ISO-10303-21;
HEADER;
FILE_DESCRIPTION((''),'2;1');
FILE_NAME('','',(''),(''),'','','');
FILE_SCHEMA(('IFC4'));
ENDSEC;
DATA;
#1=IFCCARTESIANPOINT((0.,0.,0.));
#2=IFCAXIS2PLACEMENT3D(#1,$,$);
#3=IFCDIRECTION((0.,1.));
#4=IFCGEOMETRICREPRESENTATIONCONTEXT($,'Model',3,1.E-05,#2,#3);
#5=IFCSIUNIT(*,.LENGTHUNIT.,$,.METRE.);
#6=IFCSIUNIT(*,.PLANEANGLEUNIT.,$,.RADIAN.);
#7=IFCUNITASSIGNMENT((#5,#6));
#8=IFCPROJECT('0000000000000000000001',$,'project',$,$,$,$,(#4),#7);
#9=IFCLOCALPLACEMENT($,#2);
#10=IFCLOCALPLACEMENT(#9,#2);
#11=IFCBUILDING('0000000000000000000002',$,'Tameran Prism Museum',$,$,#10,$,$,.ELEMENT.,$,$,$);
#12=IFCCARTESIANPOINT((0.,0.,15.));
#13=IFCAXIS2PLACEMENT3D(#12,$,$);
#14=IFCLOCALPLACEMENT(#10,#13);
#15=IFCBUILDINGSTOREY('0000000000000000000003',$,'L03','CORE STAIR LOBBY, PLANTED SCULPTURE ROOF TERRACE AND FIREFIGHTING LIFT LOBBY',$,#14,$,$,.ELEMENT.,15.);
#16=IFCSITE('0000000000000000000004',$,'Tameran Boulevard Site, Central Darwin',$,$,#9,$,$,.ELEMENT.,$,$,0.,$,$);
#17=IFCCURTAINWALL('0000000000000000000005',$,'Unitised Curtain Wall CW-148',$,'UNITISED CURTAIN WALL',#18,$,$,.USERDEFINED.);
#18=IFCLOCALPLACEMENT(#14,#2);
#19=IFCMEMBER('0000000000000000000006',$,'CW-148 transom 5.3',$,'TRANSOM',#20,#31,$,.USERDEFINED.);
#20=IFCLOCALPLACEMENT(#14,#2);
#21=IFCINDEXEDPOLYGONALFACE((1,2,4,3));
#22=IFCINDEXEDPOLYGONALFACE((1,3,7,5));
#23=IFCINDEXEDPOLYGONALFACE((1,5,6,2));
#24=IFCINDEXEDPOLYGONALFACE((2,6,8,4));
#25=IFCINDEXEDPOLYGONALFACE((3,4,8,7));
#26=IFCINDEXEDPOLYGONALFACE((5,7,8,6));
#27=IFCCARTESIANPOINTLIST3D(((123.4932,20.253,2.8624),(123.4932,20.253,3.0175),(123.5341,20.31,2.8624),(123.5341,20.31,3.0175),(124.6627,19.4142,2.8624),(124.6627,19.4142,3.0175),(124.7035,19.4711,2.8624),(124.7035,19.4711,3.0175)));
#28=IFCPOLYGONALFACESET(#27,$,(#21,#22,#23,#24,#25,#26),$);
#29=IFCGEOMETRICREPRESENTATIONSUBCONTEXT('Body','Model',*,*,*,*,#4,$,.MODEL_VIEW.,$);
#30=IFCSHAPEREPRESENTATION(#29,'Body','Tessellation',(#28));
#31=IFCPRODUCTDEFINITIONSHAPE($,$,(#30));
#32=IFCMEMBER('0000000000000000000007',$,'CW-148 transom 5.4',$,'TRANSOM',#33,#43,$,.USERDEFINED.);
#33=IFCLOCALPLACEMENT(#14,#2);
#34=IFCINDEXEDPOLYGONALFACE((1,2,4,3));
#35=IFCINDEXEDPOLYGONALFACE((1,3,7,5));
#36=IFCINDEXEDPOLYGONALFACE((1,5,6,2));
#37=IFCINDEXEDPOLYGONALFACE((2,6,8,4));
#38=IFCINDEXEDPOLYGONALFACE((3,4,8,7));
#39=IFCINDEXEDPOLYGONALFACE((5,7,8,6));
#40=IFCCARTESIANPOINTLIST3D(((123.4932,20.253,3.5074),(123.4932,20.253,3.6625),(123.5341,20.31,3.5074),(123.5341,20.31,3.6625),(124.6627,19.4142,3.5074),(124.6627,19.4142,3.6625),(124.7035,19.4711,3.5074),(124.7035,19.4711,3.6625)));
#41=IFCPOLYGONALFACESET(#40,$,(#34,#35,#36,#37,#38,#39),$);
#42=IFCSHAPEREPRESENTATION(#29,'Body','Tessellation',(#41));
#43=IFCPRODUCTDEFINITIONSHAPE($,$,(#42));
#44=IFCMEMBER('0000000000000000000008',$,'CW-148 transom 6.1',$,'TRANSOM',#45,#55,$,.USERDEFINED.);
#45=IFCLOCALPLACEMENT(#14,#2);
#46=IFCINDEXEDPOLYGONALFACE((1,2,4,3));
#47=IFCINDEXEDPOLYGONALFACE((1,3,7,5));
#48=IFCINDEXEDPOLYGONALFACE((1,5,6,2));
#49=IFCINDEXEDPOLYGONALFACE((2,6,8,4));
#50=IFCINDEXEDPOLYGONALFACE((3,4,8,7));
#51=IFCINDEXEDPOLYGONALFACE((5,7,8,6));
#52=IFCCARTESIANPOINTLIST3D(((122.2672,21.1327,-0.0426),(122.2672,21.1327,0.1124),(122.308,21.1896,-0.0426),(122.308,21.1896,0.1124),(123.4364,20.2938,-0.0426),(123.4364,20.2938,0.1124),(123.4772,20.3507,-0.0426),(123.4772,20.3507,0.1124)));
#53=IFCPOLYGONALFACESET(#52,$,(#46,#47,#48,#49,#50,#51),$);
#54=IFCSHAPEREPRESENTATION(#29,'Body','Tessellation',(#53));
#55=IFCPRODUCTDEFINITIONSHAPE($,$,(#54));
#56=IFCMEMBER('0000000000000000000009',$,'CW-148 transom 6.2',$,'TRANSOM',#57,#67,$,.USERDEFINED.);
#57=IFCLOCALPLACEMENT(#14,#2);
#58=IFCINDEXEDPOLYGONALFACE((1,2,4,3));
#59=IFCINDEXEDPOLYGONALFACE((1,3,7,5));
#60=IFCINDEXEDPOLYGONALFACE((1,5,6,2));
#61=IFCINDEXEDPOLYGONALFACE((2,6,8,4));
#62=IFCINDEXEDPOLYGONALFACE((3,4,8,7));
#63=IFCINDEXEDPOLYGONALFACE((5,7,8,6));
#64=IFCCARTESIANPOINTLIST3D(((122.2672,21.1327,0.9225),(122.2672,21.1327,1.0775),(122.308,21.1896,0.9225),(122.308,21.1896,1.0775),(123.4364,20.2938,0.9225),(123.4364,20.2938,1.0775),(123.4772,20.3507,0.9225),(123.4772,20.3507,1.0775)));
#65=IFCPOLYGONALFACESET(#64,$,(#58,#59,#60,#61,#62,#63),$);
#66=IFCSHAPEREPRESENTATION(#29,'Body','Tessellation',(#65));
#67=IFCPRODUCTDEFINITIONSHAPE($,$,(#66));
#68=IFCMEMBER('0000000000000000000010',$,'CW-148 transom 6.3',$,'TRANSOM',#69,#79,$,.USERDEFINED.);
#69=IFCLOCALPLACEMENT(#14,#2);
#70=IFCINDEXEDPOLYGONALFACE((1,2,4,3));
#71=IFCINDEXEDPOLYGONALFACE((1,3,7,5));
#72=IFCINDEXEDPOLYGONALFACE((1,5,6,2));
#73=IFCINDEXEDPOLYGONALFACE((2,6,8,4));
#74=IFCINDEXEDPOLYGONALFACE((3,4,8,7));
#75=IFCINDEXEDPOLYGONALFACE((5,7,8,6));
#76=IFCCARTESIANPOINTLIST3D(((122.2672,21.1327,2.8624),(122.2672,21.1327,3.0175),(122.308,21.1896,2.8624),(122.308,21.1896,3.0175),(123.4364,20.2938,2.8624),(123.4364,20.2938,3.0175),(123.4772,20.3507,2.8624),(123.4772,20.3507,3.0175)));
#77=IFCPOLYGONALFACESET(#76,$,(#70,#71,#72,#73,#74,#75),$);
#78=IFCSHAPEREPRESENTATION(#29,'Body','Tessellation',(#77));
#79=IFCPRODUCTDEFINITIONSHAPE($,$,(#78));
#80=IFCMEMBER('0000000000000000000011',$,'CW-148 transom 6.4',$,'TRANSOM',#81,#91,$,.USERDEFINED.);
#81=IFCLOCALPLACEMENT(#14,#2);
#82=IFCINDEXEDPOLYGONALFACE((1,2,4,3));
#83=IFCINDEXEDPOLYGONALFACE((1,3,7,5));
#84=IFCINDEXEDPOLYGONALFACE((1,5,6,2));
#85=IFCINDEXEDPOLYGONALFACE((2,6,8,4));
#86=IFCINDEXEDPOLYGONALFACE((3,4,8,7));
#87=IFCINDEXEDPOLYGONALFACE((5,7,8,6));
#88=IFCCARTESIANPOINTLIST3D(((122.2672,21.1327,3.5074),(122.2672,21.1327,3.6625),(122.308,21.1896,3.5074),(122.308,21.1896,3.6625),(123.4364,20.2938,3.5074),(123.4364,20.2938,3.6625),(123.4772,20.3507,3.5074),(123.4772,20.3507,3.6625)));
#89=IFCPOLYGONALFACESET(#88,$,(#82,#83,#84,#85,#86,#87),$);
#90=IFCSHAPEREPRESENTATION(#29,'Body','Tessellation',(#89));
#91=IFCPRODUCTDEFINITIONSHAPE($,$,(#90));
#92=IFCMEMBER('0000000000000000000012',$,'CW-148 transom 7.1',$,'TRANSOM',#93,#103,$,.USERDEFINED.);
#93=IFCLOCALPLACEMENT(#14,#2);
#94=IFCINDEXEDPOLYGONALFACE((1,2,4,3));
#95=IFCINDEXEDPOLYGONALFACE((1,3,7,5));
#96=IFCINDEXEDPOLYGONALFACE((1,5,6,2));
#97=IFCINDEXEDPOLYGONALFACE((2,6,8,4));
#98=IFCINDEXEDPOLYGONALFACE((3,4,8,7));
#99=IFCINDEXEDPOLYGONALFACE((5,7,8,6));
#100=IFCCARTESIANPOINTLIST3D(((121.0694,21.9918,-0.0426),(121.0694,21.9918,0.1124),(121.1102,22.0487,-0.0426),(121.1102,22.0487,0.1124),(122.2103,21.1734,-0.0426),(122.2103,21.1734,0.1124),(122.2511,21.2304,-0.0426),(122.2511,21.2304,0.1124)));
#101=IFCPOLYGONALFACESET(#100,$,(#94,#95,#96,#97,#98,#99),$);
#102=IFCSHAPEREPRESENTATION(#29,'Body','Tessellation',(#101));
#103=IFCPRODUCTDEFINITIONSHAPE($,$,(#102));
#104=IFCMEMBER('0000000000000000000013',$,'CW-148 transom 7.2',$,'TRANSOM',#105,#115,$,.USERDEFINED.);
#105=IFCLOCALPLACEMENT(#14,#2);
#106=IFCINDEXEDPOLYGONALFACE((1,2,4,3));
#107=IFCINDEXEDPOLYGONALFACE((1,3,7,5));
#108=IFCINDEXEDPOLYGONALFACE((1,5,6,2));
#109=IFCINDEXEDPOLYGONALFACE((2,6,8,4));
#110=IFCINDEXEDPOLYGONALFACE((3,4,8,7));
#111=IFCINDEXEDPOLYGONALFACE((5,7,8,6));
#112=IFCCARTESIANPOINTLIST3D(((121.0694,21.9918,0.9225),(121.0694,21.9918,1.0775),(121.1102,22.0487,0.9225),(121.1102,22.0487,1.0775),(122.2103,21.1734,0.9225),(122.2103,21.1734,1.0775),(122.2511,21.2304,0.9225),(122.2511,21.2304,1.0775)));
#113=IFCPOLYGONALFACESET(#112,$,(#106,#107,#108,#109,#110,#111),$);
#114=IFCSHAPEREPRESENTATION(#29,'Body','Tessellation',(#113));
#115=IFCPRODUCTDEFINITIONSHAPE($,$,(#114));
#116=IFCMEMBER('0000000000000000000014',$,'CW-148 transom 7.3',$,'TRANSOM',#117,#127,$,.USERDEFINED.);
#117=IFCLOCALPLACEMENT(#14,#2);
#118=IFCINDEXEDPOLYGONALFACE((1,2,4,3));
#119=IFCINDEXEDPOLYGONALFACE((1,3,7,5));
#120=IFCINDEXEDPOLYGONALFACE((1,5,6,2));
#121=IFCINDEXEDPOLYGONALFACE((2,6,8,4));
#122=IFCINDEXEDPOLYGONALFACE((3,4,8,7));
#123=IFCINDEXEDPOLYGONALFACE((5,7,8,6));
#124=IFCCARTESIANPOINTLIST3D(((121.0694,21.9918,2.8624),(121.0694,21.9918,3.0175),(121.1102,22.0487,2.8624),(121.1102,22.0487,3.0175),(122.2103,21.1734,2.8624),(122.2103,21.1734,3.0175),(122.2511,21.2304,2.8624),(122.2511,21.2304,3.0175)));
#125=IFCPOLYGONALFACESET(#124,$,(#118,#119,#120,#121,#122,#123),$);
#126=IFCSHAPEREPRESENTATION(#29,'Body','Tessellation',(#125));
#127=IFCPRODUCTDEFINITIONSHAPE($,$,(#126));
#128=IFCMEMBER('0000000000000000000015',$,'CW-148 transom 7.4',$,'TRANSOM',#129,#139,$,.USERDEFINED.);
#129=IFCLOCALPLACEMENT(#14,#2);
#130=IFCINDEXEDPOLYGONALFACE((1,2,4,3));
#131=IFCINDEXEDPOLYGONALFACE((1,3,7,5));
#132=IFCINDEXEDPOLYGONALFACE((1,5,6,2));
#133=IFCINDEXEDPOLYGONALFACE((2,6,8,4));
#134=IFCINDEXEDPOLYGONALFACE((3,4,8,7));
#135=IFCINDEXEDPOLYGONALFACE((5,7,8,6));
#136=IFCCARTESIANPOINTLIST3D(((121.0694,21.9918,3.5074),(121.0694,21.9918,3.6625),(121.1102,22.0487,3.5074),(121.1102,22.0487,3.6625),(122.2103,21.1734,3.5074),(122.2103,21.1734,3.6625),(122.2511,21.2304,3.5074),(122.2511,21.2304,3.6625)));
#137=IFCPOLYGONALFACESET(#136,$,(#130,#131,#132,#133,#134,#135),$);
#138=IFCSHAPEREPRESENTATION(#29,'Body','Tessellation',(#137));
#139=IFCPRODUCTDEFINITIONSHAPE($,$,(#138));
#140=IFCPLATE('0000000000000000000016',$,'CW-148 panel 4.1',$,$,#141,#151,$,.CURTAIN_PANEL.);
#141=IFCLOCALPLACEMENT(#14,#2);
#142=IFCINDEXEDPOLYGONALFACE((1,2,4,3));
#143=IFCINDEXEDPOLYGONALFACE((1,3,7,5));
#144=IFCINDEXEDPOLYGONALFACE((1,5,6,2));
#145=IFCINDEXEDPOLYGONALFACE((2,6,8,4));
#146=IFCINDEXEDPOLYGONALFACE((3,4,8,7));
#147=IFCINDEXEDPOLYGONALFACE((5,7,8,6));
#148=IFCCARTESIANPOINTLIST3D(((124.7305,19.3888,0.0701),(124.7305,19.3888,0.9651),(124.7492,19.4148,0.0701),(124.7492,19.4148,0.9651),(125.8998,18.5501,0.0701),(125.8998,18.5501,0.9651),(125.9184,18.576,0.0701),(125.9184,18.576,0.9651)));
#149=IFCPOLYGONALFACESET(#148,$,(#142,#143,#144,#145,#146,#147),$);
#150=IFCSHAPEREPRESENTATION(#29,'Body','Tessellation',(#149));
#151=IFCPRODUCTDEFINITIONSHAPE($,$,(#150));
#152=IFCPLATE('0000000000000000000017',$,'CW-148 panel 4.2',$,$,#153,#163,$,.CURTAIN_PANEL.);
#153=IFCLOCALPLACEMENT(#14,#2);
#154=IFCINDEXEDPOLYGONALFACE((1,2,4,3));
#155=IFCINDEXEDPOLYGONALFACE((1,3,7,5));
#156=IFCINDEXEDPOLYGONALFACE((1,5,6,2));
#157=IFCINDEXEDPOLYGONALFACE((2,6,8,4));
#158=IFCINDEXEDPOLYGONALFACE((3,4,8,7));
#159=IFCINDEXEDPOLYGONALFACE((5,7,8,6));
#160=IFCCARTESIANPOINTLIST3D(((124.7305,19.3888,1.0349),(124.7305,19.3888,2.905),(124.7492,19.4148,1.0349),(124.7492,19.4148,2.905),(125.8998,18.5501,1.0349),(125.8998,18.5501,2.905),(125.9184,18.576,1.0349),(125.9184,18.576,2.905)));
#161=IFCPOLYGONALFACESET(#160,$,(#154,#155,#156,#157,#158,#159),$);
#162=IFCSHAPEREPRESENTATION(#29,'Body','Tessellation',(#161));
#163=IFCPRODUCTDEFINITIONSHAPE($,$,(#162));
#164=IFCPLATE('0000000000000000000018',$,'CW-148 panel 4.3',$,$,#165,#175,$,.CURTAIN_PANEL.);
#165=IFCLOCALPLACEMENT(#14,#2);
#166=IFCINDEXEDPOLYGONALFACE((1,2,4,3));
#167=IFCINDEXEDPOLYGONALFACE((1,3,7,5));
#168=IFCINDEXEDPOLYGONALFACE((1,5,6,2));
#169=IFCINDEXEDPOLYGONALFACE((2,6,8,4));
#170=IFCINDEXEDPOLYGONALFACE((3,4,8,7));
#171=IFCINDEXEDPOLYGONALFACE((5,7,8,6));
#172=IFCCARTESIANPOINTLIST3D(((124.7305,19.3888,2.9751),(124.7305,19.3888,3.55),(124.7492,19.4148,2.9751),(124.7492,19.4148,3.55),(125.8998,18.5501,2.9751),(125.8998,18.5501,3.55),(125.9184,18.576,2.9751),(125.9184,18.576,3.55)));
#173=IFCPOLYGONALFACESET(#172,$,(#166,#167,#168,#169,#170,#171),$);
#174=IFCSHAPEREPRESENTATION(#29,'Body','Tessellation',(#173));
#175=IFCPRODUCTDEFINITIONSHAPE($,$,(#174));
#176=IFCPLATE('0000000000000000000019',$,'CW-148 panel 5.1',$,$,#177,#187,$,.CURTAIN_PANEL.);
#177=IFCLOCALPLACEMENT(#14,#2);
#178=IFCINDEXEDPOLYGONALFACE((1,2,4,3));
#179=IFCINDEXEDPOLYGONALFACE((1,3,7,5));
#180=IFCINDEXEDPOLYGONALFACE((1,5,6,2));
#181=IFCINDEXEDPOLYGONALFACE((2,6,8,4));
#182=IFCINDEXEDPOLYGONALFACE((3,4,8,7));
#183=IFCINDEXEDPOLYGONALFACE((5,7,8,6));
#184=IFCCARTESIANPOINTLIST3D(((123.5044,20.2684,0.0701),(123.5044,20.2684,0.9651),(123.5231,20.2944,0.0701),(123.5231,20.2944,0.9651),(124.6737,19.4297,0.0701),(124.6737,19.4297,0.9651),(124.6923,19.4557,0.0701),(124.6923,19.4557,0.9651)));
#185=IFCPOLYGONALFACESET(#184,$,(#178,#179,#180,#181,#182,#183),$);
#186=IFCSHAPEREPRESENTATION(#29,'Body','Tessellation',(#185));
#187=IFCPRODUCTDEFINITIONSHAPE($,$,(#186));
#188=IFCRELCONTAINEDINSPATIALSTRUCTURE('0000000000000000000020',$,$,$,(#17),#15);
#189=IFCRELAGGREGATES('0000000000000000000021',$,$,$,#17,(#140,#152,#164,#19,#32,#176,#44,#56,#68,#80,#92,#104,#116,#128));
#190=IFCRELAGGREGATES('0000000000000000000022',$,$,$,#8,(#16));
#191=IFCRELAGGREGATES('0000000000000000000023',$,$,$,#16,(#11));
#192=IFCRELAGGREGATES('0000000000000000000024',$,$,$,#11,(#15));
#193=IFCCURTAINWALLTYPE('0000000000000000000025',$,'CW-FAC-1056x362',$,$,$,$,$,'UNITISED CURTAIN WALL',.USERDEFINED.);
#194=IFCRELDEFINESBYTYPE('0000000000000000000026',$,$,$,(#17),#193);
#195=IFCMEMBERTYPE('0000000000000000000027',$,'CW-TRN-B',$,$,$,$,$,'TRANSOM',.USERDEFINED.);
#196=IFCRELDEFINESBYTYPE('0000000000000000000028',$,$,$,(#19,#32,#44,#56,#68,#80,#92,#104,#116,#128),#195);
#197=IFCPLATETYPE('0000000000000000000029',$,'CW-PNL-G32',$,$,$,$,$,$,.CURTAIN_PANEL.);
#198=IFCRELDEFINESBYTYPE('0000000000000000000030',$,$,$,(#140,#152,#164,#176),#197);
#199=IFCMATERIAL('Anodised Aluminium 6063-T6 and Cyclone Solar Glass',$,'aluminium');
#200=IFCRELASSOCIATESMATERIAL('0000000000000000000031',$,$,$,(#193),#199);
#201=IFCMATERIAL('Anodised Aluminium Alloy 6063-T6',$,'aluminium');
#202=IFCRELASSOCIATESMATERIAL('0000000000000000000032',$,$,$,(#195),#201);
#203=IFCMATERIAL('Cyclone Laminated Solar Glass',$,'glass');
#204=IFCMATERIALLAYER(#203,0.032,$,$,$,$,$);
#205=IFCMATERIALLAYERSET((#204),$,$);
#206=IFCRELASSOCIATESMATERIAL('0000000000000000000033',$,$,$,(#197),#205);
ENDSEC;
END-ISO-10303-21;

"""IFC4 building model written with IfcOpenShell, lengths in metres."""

from ifc_helpers import new_model, si_unit, direction, frame, origin, origin_2d, place, context, subcontext, project, spatial, rectangle, extrude, material, layer, layer_set, material_profile, profile_set, type_object, element, aggregate, save


model = new_model("IFC4")

# Units and contexts
model_context = context("Model", 3, precision=1e-05, world=origin(), true_north=direction((0.0, 1.0)))
body_context = subcontext(model_context, "Body", "Model", "MODEL_VIEW")
ifc_project = project(units=[si_unit("LENGTHUNIT", "METRE"), si_unit("PLANEANGLEUNIT", "RADIAN")], contexts=[model_context])

# Site, building, storey
site_placement = place(None, origin())
site = spatial("IfcSite", under=ifc_project, at=site_placement, Name="Tameran Boulevard Site, Central Darwin", CompositionType="ELEMENT", RefElevation=0.0)
building_placement = place(site_placement, origin())
building = spatial("IfcBuilding", under=site, at=building_placement, Name="Tameran Prism Museum", CompositionType="ELEMENT")
storey_placement = place(building_placement, frame((0.0, 0.0, 15.0)))
storey = spatial("IfcBuildingStorey", under=building, at=storey_placement, Name="L03", Description="CORE STAIR LOBBY, PLANTED SCULPTURE ROOF TERRACE AND FIREFIGHTING LIFT LOBBY", CompositionType="ELEMENT", Elevation=15.0)

# Curtain wall, members, plates
ifc_material_1 = material(Name="Anodised Aluminium 6063-T6 and Cyclone Solar Glass", Category="aluminium")
curtain_wall_type = type_object("IfcCurtainWallType", Name="CW-FAC-1056x362", ElementType="UNITISED CURTAIN WALL", PredefinedType="USERDEFINED", material=ifc_material_1)
curtain_wall_placement = place(storey_placement, origin())
curtain_wall = element("IfcCurtainWall", 1, at=curtain_wall_placement, inside=storey, type_object=curtain_wall_type, Name="Unitised Curtain Wall CW-148", ObjectType="UNITISED CURTAIN WALL", PredefinedType="USERDEFINED")
ifc_material_2 = material(Name="Anodised Aluminium Alloy 6063-T6", Category="aluminium")
ifc_material_profile_1 = material_profile(ifc_material_2, rectangle(XDim=0.0701, YDim=0.155, at=origin_2d()))
ifc_profile_set_1 = profile_set([ifc_material_profile_1])
member_type_1 = type_object("IfcMemberType", Name="CW-TRN-B", ElementType="TRANSOM", PredefinedType="USERDEFINED", material=ifc_profile_set_1)
member_1_placement = place(storey_placement, frame((124.6831, 19.4426, 2.9399), z_axis=(-0.812563, 0.582874, 0.0), x_axis=(-0.582874, -0.812563, 0.0)))
member_1 = element("IfcMember", 2, at=member_1_placement, type_object=member_type_1, Name="CW-148 transom 5.3", ObjectType="TRANSOM", PredefinedType="USERDEFINED", context=body_context, shape_type="SweptSolid", body=[
    extrude(rectangle(XDim=0.0701, YDim=0.155, at=origin_2d()), origin(), (0.0, 0.0, 1.0), 1.4392),
])
member_2_placement = place(storey_placement, frame((124.6831, 19.4426, 3.585), z_axis=(-0.812563, 0.582874, 0.0), x_axis=(-0.582874, -0.812563, 0.0)))
member_2 = element("IfcMember", 3, at=member_2_placement, type_object=member_type_1, Name="CW-148 transom 5.4", ObjectType="TRANSOM", PredefinedType="USERDEFINED", context=body_context, shape_type="SweptSolid", body=[
    extrude(rectangle(XDim=0.0701, YDim=0.155, at=origin_2d()), origin(), (0.0, 0.0, 1.0), 1.4392),
])
member_3_placement = place(storey_placement, frame((123.4568, 20.3223, 0.0349), z_axis=(-0.812505, 0.582954, 0.0), x_axis=(-0.582954, -0.812505, 0.0)))
member_3 = element("IfcMember", 4, at=member_3_placement, type_object=member_type_1, Name="CW-148 transom 6.1", ObjectType="TRANSOM", PredefinedType="USERDEFINED", context=body_context, shape_type="SweptSolid", body=[
    extrude(rectangle(XDim=0.0701, YDim=0.155, at=origin_2d()), origin(), (0.0, 0.0, 1.0), 1.439),
])
member_4_placement = place(storey_placement, frame((123.4568, 20.3223, 1.0), z_axis=(-0.812505, 0.582954, 0.0), x_axis=(-0.582954, -0.812505, 0.0)))
member_4 = element("IfcMember", 5, at=member_4_placement, type_object=member_type_1, Name="CW-148 transom 6.2", ObjectType="TRANSOM", PredefinedType="USERDEFINED", context=body_context, shape_type="SweptSolid", body=[
    extrude(rectangle(XDim=0.0701, YDim=0.155, at=origin_2d()), origin(), (0.0, 0.0, 1.0), 1.439),
])
member_5_placement = place(storey_placement, frame((123.4568, 20.3223, 2.9399), z_axis=(-0.812505, 0.582954, 0.0), x_axis=(-0.582954, -0.812505, 0.0)))
member_5 = element("IfcMember", 6, at=member_5_placement, type_object=member_type_1, Name="CW-148 transom 6.3", ObjectType="TRANSOM", PredefinedType="USERDEFINED", context=body_context, shape_type="SweptSolid", body=[
    extrude(rectangle(XDim=0.0701, YDim=0.155, at=origin_2d()), origin(), (0.0, 0.0, 1.0), 1.439),
])
member_6_placement = place(storey_placement, frame((123.4568, 20.3223, 3.585), z_axis=(-0.812505, 0.582954, 0.0), x_axis=(-0.582954, -0.812505, 0.0)))
member_6 = element("IfcMember", 7, at=member_6_placement, type_object=member_type_1, Name="CW-148 transom 6.4", ObjectType="TRANSOM", PredefinedType="USERDEFINED", context=body_context, shape_type="SweptSolid", body=[
    extrude(rectangle(XDim=0.0701, YDim=0.155, at=origin_2d()), origin(), (0.0, 0.0, 1.0), 1.439),
])
member_7_placement = place(storey_placement, frame((122.2307, 21.2019, 0.0349), z_axis=(-0.812569, 0.582865, 0.0), x_axis=(-0.582865, -0.812569, 0.0)))
member_7 = element("IfcMember", 8, at=member_7_placement, type_object=member_type_1, Name="CW-148 transom 7.1", ObjectType="TRANSOM", PredefinedType="USERDEFINED", context=body_context, shape_type="SweptSolid", body=[
    extrude(rectangle(XDim=0.0701, YDim=0.155, at=origin_2d()), origin(), (0.0, 0.0, 1.0), 1.4041),
])
member_8_placement = place(storey_placement, frame((122.2307, 21.2019, 1.0), z_axis=(-0.812569, 0.582865, 0.0), x_axis=(-0.582865, -0.812569, 0.0)))
member_8 = element("IfcMember", 9, at=member_8_placement, type_object=member_type_1, Name="CW-148 transom 7.2", ObjectType="TRANSOM", PredefinedType="USERDEFINED", context=body_context, shape_type="SweptSolid", body=[
    extrude(rectangle(XDim=0.0701, YDim=0.155, at=origin_2d()), origin(), (0.0, 0.0, 1.0), 1.4041),
])
member_9_placement = place(storey_placement, frame((122.2307, 21.2019, 2.9399), z_axis=(-0.812569, 0.582865, 0.0), x_axis=(-0.582865, -0.812569, 0.0)))
member_9 = element("IfcMember", 10, at=member_9_placement, type_object=member_type_1, Name="CW-148 transom 7.3", ObjectType="TRANSOM", PredefinedType="USERDEFINED", context=body_context, shape_type="SweptSolid", body=[
    extrude(rectangle(XDim=0.0701, YDim=0.155, at=origin_2d()), origin(), (0.0, 0.0, 1.0), 1.4041),
])
member_10_placement = place(storey_placement, frame((122.2307, 21.2019, 3.585), z_axis=(-0.812569, 0.582865, 0.0), x_axis=(-0.582865, -0.812569, 0.0)))
member_10 = element("IfcMember", 11, at=member_10_placement, type_object=member_type_1, Name="CW-148 transom 7.4", ObjectType="TRANSOM", PredefinedType="USERDEFINED", context=body_context, shape_type="SweptSolid", body=[
    extrude(rectangle(XDim=0.0701, YDim=0.155, at=origin_2d()), origin(), (0.0, 0.0, 1.0), 1.4041),
])
ifc_material_3 = material(Name="Cyclone Laminated Solar Glass", Category="glass")
ifc_layer = layer(ifc_material_3, 0.032)
ifc_layer_set = layer_set([ifc_layer])
plate_type = type_object("IfcPlateType", Name="CW-PNL-G32", PredefinedType="CURTAIN_PANEL", material=ifc_layer_set)
plate_1_placement = place(storey_placement, frame((125.3245, 18.9824, 0.0701), z_axis=(0.0, 0.0, 1.0), x_axis=(-0.812555, 0.582885, 0.0)))
plate_1 = element("IfcPlate", 12, at=plate_1_placement, type_object=plate_type, Name="CW-148 panel 4.1", PredefinedType="CURTAIN_PANEL", context=body_context, shape_type="SweptSolid", body=[
    extrude(rectangle(XDim=1.439, YDim=0.032, at=origin_2d()), origin(), (0.0, 0.0, 1.0), 0.895),
])
plate_2_placement = place(storey_placement, frame((125.3245, 18.9824, 1.0349), z_axis=(0.0, 0.0, 1.0), x_axis=(-0.812555, 0.582885, 0.0)))
plate_2 = element("IfcPlate", 13, at=plate_2_placement, type_object=plate_type, Name="CW-148 panel 4.2", PredefinedType="CURTAIN_PANEL", context=body_context, shape_type="SweptSolid", body=[
    extrude(rectangle(XDim=1.439, YDim=0.032, at=origin_2d()), origin(), (0.0, 0.0, 1.0), 1.8701),
])
plate_3_placement = place(storey_placement, frame((125.3245, 18.9824, 2.9751), z_axis=(0.0, 0.0, 1.0), x_axis=(-0.812555, 0.582885, 0.0)))
plate_3 = element("IfcPlate", 14, at=plate_3_placement, type_object=plate_type, Name="CW-148 panel 4.3", PredefinedType="CURTAIN_PANEL", context=body_context, shape_type="SweptSolid", body=[
    extrude(rectangle(XDim=1.439, YDim=0.032, at=origin_2d()), origin(), (0.0, 0.0, 1.0), 0.575),
])
plate_4_placement = place(storey_placement, frame((124.0984, 19.8621, 0.0701), z_axis=(0.0, 0.0, 1.0), x_axis=(-0.812555, 0.582885, 0.0)))
plate_4 = element("IfcPlate", 15, at=plate_4_placement, type_object=plate_type, Name="CW-148 panel 5.1", PredefinedType="CURTAIN_PANEL", context=body_context, shape_type="SweptSolid", body=[
    extrude(rectangle(XDim=1.439, YDim=0.032, at=origin_2d()), origin(), (0.0, 0.0, 1.0), 0.895),
])
aggregate(curtain_wall, [plate_1, plate_2, plate_3, member_1, member_2, plate_4, member_3, member_4, member_5, member_6, member_7, member_8, member_9, member_10])

save(model, "model.ifc")
